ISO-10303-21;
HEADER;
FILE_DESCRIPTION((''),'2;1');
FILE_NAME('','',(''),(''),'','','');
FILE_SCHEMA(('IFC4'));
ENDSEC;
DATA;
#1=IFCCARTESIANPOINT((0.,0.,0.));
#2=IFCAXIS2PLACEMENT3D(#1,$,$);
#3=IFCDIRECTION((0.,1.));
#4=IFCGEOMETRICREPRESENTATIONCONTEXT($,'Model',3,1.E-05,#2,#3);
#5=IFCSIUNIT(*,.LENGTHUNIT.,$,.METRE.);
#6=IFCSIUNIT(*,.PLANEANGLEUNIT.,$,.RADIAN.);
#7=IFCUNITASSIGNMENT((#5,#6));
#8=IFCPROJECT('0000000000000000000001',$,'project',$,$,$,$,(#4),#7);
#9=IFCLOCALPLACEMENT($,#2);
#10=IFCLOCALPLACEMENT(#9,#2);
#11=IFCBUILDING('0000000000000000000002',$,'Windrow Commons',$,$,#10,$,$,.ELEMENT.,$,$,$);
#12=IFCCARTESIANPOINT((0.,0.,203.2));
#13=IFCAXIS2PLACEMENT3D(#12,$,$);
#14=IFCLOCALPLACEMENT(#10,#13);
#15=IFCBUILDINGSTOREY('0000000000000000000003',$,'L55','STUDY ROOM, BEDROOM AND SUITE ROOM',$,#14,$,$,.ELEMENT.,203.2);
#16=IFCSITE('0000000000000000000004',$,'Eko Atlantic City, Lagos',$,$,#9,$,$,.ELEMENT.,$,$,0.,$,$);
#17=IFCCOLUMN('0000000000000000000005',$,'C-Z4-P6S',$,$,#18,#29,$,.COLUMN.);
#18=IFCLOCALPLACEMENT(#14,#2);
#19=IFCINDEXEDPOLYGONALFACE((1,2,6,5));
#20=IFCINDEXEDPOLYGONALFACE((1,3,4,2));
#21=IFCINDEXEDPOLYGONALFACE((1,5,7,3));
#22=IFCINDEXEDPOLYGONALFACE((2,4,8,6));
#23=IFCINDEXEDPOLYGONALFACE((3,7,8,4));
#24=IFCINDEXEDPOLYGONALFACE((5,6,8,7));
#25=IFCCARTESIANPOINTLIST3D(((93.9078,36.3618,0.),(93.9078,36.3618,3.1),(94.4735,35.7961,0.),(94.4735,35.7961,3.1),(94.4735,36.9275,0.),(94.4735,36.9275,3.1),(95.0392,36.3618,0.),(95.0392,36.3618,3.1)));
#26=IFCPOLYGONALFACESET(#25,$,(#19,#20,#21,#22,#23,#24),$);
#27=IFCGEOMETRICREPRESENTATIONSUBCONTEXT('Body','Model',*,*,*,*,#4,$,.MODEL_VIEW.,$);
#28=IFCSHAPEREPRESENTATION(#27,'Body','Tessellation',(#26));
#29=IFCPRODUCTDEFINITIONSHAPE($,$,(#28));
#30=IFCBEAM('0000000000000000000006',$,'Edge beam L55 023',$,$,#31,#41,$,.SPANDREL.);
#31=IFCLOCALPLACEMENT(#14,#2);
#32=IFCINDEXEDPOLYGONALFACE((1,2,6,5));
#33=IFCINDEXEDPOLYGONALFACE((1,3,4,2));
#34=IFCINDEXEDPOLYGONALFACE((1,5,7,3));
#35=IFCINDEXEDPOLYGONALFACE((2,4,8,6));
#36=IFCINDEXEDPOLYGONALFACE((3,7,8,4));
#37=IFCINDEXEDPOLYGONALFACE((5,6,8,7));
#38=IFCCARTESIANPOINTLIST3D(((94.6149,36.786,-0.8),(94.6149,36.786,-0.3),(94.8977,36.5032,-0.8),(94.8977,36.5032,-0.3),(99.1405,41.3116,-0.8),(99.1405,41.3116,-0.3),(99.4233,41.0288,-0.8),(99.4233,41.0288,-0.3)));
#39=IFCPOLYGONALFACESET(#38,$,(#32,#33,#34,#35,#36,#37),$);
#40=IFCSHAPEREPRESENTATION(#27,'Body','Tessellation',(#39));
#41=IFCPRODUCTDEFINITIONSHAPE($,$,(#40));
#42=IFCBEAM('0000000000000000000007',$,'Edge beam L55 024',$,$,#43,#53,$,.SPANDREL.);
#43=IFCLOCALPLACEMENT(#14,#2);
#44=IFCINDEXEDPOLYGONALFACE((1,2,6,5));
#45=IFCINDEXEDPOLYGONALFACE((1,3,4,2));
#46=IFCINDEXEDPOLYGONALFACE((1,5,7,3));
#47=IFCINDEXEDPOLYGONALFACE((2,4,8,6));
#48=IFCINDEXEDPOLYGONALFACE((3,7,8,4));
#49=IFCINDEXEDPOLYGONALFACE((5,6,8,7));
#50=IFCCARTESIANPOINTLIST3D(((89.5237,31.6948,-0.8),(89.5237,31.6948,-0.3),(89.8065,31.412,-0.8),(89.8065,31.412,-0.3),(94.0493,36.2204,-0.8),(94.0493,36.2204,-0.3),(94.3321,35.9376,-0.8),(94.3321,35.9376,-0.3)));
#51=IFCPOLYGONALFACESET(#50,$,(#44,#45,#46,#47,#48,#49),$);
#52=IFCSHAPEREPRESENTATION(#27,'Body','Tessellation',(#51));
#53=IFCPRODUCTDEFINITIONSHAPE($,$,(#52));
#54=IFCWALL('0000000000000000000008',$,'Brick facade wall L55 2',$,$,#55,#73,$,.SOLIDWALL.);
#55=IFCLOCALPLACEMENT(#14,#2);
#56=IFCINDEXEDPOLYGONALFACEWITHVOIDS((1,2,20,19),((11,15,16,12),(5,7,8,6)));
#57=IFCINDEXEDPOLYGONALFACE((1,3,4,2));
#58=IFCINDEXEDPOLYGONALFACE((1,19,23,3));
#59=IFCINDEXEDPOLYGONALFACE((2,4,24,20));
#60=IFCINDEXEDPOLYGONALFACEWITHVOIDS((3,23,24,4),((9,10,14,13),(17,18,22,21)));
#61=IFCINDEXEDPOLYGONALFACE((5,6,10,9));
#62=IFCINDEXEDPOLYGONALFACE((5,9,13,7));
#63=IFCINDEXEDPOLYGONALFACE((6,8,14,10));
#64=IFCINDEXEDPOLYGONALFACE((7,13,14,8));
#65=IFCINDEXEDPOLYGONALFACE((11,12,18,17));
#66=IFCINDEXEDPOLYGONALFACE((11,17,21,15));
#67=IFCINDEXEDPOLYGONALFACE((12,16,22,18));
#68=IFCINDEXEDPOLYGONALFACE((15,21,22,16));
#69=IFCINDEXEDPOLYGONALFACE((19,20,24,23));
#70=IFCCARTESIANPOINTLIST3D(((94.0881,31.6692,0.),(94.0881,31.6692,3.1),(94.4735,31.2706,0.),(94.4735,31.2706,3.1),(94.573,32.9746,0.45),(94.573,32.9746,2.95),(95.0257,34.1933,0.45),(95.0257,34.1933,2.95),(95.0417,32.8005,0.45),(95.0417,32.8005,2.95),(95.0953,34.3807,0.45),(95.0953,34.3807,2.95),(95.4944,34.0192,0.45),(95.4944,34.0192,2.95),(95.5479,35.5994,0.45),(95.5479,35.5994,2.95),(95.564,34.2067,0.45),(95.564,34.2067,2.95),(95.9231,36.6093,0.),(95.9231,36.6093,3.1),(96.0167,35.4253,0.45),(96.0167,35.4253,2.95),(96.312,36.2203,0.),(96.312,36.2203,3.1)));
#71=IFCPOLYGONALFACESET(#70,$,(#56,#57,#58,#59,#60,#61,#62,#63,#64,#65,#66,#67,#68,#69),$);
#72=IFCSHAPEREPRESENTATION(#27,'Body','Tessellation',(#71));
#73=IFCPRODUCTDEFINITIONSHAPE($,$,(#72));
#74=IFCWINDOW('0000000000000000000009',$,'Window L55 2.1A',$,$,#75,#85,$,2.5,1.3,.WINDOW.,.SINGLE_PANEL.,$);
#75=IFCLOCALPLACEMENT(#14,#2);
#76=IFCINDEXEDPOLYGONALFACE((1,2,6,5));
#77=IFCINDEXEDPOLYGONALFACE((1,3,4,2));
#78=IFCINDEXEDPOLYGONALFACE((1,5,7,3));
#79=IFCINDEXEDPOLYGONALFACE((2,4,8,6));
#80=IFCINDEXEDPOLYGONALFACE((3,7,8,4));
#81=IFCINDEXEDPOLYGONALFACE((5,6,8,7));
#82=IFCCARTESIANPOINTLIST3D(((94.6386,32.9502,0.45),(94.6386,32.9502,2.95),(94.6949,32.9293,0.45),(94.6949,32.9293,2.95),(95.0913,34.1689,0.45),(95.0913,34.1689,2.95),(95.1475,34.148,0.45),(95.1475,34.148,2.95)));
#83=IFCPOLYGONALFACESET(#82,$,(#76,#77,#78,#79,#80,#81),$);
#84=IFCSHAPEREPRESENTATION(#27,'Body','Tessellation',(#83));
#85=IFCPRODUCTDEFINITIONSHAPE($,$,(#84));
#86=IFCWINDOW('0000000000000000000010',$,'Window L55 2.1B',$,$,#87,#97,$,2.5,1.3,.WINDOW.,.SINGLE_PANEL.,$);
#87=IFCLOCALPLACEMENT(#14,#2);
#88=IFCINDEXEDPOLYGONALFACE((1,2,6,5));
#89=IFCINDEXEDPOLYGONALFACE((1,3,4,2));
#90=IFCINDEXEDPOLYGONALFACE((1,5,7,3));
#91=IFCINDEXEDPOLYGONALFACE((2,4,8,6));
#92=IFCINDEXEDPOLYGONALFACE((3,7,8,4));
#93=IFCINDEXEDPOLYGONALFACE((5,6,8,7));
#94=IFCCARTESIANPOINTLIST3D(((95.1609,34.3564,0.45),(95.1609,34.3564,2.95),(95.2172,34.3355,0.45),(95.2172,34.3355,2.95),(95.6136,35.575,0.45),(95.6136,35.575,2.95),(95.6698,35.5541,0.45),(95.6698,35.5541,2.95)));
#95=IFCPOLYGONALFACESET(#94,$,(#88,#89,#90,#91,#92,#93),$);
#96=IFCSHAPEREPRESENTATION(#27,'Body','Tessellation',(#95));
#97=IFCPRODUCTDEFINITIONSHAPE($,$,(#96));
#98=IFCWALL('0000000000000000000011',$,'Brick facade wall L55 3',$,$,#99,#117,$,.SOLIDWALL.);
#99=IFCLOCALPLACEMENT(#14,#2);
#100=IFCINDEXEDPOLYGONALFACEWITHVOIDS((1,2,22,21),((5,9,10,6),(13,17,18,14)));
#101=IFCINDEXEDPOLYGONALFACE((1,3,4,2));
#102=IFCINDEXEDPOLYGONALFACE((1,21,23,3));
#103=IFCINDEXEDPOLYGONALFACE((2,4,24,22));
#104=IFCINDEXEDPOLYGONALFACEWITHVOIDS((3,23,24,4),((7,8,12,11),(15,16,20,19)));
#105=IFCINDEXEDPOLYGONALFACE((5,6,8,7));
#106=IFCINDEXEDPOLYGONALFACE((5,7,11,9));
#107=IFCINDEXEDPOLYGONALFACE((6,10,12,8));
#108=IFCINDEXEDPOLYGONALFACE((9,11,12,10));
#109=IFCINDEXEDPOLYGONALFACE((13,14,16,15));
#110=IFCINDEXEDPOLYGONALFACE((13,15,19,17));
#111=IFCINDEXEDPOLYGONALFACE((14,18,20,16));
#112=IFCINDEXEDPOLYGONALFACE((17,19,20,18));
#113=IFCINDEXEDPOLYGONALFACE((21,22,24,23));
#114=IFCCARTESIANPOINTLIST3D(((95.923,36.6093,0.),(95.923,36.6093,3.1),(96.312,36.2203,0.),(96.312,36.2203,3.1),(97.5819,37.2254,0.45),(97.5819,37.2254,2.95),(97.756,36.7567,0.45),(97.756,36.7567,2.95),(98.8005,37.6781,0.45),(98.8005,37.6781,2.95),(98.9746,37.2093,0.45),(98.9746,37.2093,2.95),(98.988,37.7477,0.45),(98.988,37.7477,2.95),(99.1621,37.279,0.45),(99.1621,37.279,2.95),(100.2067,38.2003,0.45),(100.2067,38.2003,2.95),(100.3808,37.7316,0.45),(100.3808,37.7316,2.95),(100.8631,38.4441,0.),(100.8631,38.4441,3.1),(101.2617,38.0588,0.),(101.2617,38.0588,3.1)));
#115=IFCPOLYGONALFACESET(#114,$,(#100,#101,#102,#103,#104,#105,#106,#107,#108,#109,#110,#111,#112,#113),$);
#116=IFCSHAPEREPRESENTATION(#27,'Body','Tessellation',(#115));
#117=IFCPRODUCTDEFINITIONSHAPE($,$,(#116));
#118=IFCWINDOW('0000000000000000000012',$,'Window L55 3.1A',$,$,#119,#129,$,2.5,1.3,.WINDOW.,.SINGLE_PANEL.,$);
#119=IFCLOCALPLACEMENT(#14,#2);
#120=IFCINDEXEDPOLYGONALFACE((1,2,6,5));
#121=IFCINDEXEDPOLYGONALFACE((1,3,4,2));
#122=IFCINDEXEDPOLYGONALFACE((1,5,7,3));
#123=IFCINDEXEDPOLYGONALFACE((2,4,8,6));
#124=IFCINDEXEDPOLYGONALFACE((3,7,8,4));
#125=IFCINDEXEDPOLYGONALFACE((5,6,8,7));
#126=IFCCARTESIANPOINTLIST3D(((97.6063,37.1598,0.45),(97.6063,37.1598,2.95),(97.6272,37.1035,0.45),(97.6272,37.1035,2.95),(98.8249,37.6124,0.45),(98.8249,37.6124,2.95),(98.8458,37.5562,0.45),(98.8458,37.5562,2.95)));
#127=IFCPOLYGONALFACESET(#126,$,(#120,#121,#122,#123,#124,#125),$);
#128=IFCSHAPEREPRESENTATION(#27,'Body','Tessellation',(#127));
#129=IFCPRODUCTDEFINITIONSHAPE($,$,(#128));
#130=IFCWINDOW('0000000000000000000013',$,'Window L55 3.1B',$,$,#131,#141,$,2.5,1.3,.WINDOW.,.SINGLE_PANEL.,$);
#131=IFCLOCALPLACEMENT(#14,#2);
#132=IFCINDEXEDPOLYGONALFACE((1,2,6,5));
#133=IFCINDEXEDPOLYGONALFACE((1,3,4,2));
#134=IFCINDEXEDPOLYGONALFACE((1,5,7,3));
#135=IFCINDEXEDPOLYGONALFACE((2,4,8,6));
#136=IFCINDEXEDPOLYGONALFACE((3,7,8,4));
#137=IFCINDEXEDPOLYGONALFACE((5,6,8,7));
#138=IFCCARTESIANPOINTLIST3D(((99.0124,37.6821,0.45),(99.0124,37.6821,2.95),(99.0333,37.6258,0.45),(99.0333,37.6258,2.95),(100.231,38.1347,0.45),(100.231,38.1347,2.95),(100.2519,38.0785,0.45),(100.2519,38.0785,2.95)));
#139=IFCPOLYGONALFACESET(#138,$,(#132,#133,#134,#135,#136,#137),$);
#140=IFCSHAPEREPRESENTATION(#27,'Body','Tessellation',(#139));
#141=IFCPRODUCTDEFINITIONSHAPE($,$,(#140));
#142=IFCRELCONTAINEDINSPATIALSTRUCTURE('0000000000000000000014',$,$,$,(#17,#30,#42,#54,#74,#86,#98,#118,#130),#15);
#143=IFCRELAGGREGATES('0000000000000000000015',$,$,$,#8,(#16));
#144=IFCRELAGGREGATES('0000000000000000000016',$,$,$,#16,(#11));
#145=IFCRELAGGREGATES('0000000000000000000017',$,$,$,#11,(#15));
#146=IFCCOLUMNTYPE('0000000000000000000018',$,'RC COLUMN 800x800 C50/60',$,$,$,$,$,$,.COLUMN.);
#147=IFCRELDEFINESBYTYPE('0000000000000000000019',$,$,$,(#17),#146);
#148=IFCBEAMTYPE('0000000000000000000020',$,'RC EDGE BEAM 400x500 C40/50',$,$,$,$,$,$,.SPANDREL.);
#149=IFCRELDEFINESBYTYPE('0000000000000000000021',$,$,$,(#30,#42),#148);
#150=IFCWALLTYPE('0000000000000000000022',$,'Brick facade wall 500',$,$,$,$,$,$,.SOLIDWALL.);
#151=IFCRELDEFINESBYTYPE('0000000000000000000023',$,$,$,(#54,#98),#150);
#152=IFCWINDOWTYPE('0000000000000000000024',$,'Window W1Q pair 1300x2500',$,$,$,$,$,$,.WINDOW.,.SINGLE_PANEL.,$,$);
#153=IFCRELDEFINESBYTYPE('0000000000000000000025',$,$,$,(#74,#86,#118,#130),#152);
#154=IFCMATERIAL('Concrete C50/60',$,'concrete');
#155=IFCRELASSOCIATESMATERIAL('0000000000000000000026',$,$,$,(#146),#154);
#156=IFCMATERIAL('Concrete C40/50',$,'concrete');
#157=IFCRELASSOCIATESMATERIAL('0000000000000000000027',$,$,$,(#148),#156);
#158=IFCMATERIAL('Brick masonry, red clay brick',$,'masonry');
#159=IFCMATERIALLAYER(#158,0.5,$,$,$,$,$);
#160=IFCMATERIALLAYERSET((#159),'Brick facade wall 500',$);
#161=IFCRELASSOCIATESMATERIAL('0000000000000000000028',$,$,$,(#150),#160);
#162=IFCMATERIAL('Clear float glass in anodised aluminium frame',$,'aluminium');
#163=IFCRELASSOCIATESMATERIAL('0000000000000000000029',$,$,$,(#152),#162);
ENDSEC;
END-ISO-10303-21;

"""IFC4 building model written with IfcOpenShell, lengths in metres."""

from ifc_helpers import new_model, si_unit, direction, frame, frame_2d, origin, origin_2d, place, context, subcontext, project, spatial, polyline, rectangle, outline, extrude, material, layer, layer_set, material_profile, profile_set, type_object, element, fill, save


model = new_model("IFC4")

# Units and contexts
model_context = context("Model", 3, precision=1e-05, world=origin(), true_north=direction((0.0, 1.0)))
body_context = subcontext(model_context, "Body", "Model", "MODEL_VIEW")
ifc_project = project(units=[si_unit("LENGTHUNIT", "METRE"), si_unit("PLANEANGLEUNIT", "RADIAN")], contexts=[model_context])

# Site, building, storey
site_placement = place(None, origin())
site = spatial("IfcSite", under=ifc_project, at=site_placement, Name="Eko Atlantic City, Lagos", CompositionType="ELEMENT", RefElevation=0.0)
building_placement = place(site_placement, origin())
building = spatial("IfcBuilding", under=site, at=building_placement, Name="Windrow Commons", CompositionType="ELEMENT")
storey_placement = place(building_placement, frame((0.0, 0.0, 203.2)))
storey = spatial("IfcBuildingStorey", under=building, at=storey_placement, Name="L55", Description="STUDY ROOM, BEDROOM AND SUITE ROOM", CompositionType="ELEMENT", Elevation=203.2)

# Column
ifc_material_1 = material(Name="Concrete C50/60", Category="concrete")
ifc_material_profile_1 = material_profile(ifc_material_1, rectangle(XDim=0.8, YDim=0.8, at=origin_2d()))
ifc_profile_set_1 = profile_set([ifc_material_profile_1], Name="Concrete C50/60")
column_type = type_object("IfcColumnType", Name="RC COLUMN 800x800 C50/60", PredefinedType="COLUMN", material=ifc_profile_set_1)
column_placement = place(storey_placement, frame((94.4735, 36.3618, 0.0), z_axis=(0.0, 0.0, 1.0), x_axis=(0.707107, -0.707107, 0.0)))
element("IfcColumn", 1, at=column_placement, inside=storey, type_object=column_type, Name="C-Z4-P6S", PredefinedType="COLUMN", context=body_context, shape_type="SweptSolid", body=[
    extrude(rectangle(XDim=0.8, YDim=0.8, at=origin_2d()), origin(), (0.0, 0.0, 1.0), 3.1),
])

# Beams
ifc_material_2 = material(Name="Concrete C40/50", Category="concrete")
ifc_material_profile_2 = material_profile(ifc_material_2, rectangle(XDim=0.4, YDim=0.5, at=origin_2d()))
ifc_profile_set_2 = profile_set([ifc_material_profile_2], Name="Concrete C40/50")
beam_type = type_object("IfcBeamType", Name="RC EDGE BEAM 400x500 C40/50", PredefinedType="SPANDREL", material=ifc_profile_set_2)
for number, where, z_axis, x_axis, name in (
    (2, (99.2819, 41.1702, -0.55), (-0.707107, -0.707107, 0.0), (0.707107, -0.707107, 0.0), "Edge beam L55 023"),
    (3, (94.1907, 36.079, -0.55), (-0.707107, -0.707107, 0.0), (0.707107, -0.707107, 0.0), "Edge beam L55 024"),
):
    element("IfcBeam", number, at=place(storey_placement, frame(where, z_axis=z_axis, x_axis=x_axis)), inside=storey, type_object=beam_type, Name=name, PredefinedType="SPANDREL", context=body_context, shape_type="SweptSolid", body=[
        extrude(rectangle(XDim=0.4, YDim=0.5, at=origin_2d()), origin(), (0.0, 0.0, 1.0), 6.4002),
    ])

# Walls, openings, windows
ifc_material_3 = material(Name="Brick masonry, red clay brick", Category="masonry")
ifc_layer_1 = layer(ifc_material_3, 0.5)
ifc_layer_set_1 = layer_set([ifc_layer_1], Name="Brick facade wall 500")
wall_type_1 = type_object("IfcWallType", Name="Brick facade wall 500", PredefinedType="SOLIDWALL", material=ifc_layer_set_1)
wall_1_placement = place(storey_placement, frame((94.2808, 31.4699, 0.0), z_axis=(0.0, 0.0, 1.0), x_axis=(0.34819, 0.937424, 0.0)))
wall_1 = element("IfcWall", 4, at=wall_1_placement, inside=storey, type_object=wall_type_1, Name="Brick facade wall L55 2", PredefinedType="SOLIDWALL", context=body_context, shape_type="SweptSolid", body=[
    extrude(outline(polyline([(-0.1197, -0.25), (5.1604, -0.25), (5.3896, 0.25), (0.1197, 0.25), (-0.1197, -0.25)])), origin(), (0.0, 0.0, 1.0), 3.1),
])
opening_1_placement = place(wall_1_placement, frame((1.5123, 0.0, 0.45)))
opening_1 = element("IfcOpeningElement", 5, at=opening_1_placement, cuts=wall_1, PredefinedType="OPENING", context=body_context, shape_type="SweptSolid", body=[
    extrude(rectangle(XDim=1.3, YDim=2.5, at=frame_2d((0.65, 1.25))), frame((0.0, 0.26, 0.0), z_axis=(0.0, -1.0, 0.0), x_axis=(1.0, 0.0, 0.0)), (0.0, 0.0, 1.0), 0.52),
])
opening_2_placement = place(wall_1_placement, frame((3.0123, 0.0, 0.45)))
opening_2 = element("IfcOpeningElement", 6, at=opening_2_placement, cuts=wall_1, PredefinedType="OPENING", context=body_context, shape_type="SweptSolid", body=[
    extrude(rectangle(XDim=1.3, YDim=2.5, at=frame_2d((0.65, 1.25))), frame((0.0, 0.26, 0.0), z_axis=(0.0, -1.0, 0.0), x_axis=(1.0, 0.0, 0.0)), (0.0, 0.0, 1.0), 0.52),
])
ifc_material_4 = material(Name="Clear float glass in anodised aluminium frame", Category="aluminium")
window_type = type_object("IfcWindowType", Name="Window W1Q pair 1300x2500", PartitioningType="SINGLE_PANEL", PredefinedType="WINDOW", material=ifc_material_4)
window_1_placement = place(opening_1_placement, origin())
window_1 = element("IfcWindow", 7, at=window_1_placement, inside=storey, type_object=window_type, Name="Window L55 2.1A", OverallHeight=2.5, OverallWidth=1.3, PartitioningType="SINGLE_PANEL", PredefinedType="WINDOW", context=body_context, shape_type="SweptSolid", body=[
    extrude(rectangle(XDim=1.3, YDim=2.5, at=frame_2d((0.65, 1.25))), frame((0.0, 0.18, 0.0), z_axis=(0.0, -1.0, 0.0), x_axis=(1.0, 0.0, 0.0)), (0.0, 0.0, 1.0), 0.06),
])
fill(opening_1, window_1)
window_2_placement = place(opening_2_placement, origin())
window_2 = element("IfcWindow", 8, at=window_2_placement, inside=storey, type_object=window_type, Name="Window L55 2.1B", OverallHeight=2.5, OverallWidth=1.3, PartitioningType="SINGLE_PANEL", PredefinedType="WINDOW", context=body_context, shape_type="SweptSolid", body=[
    extrude(rectangle(XDim=1.3, YDim=2.5, at=frame_2d((0.65, 1.25))), frame((0.0, 0.18, 0.0), z_axis=(0.0, -1.0, 0.0), x_axis=(1.0, 0.0, 0.0)), (0.0, 0.0, 1.0), 0.06),
])
fill(opening_2, window_2)
wall_2_placement = place(storey_placement, frame((96.1175, 36.4148, 0.0), z_axis=(0.0, 0.0, 1.0), x_axis=(0.937424, 0.34819, 0.0)))
wall_2 = element("IfcWall", 9, at=wall_2_placement, inside=storey, type_object=wall_type_1, Name="Brick facade wall L55 3", PredefinedType="SOLIDWALL", context=body_context, shape_type="SweptSolid", body=[
    extrude(outline(polyline([(0.1146, -0.25), (5.3947, -0.25), (5.1552, 0.25), (-0.1146, 0.25), (0.1146, -0.25)])), origin(), (0.0, 0.0, 1.0), 3.1),
])
opening_3_placement = place(wall_2_placement, frame((1.655, 0.0, 0.45)))
opening_3 = element("IfcOpeningElement", 10, at=opening_3_placement, cuts=wall_2, PredefinedType="OPENING", context=body_context, shape_type="SweptSolid", body=[
    extrude(rectangle(XDim=1.3, YDim=2.5, at=frame_2d((0.65, 1.25))), frame((0.0, 0.26, 0.0), z_axis=(0.0, -1.0, 0.0), x_axis=(1.0, 0.0, 0.0)), (0.0, 0.0, 1.0), 0.52),
])
opening_4_placement = place(wall_2_placement, frame((3.155, 0.0, 0.45)))
opening_4 = element("IfcOpeningElement", 11, at=opening_4_placement, cuts=wall_2, PredefinedType="OPENING", context=body_context, shape_type="SweptSolid", body=[
    extrude(rectangle(XDim=1.3, YDim=2.5, at=frame_2d((0.65, 1.25))), frame((0.0, 0.26, 0.0), z_axis=(0.0, -1.0, 0.0), x_axis=(1.0, 0.0, 0.0)), (0.0, 0.0, 1.0), 0.52),
])
window_3_placement = place(opening_3_placement, origin())
window_3 = element("IfcWindow", 12, at=window_3_placement, inside=storey, type_object=window_type, Name="Window L55 3.1A", OverallHeight=2.5, OverallWidth=1.3, PartitioningType="SINGLE_PANEL", PredefinedType="WINDOW", context=body_context, shape_type="SweptSolid", body=[
    extrude(rectangle(XDim=1.3, YDim=2.5, at=frame_2d((0.65, 1.25))), frame((0.0, 0.18, 0.0), z_axis=(0.0, -1.0, 0.0), x_axis=(1.0, 0.0, 0.0)), (0.0, 0.0, 1.0), 0.06),
])
fill(opening_3, window_3)
window_4_placement = place(opening_4_placement, origin())
window_4 = element("IfcWindow", 13, at=window_4_placement, inside=storey, type_object=window_type, Name="Window L55 3.1B", OverallHeight=2.5, OverallWidth=1.3, PartitioningType="SINGLE_PANEL", PredefinedType="WINDOW", context=body_context, shape_type="SweptSolid", body=[
    extrude(rectangle(XDim=1.3, YDim=2.5, at=frame_2d((0.65, 1.25))), frame((0.0, 0.18, 0.0), z_axis=(0.0, -1.0, 0.0), x_axis=(1.0, 0.0, 0.0)), (0.0, 0.0, 1.0), 0.06),
])
fill(opening_4, window_4)

save(model, "model.ifc")
